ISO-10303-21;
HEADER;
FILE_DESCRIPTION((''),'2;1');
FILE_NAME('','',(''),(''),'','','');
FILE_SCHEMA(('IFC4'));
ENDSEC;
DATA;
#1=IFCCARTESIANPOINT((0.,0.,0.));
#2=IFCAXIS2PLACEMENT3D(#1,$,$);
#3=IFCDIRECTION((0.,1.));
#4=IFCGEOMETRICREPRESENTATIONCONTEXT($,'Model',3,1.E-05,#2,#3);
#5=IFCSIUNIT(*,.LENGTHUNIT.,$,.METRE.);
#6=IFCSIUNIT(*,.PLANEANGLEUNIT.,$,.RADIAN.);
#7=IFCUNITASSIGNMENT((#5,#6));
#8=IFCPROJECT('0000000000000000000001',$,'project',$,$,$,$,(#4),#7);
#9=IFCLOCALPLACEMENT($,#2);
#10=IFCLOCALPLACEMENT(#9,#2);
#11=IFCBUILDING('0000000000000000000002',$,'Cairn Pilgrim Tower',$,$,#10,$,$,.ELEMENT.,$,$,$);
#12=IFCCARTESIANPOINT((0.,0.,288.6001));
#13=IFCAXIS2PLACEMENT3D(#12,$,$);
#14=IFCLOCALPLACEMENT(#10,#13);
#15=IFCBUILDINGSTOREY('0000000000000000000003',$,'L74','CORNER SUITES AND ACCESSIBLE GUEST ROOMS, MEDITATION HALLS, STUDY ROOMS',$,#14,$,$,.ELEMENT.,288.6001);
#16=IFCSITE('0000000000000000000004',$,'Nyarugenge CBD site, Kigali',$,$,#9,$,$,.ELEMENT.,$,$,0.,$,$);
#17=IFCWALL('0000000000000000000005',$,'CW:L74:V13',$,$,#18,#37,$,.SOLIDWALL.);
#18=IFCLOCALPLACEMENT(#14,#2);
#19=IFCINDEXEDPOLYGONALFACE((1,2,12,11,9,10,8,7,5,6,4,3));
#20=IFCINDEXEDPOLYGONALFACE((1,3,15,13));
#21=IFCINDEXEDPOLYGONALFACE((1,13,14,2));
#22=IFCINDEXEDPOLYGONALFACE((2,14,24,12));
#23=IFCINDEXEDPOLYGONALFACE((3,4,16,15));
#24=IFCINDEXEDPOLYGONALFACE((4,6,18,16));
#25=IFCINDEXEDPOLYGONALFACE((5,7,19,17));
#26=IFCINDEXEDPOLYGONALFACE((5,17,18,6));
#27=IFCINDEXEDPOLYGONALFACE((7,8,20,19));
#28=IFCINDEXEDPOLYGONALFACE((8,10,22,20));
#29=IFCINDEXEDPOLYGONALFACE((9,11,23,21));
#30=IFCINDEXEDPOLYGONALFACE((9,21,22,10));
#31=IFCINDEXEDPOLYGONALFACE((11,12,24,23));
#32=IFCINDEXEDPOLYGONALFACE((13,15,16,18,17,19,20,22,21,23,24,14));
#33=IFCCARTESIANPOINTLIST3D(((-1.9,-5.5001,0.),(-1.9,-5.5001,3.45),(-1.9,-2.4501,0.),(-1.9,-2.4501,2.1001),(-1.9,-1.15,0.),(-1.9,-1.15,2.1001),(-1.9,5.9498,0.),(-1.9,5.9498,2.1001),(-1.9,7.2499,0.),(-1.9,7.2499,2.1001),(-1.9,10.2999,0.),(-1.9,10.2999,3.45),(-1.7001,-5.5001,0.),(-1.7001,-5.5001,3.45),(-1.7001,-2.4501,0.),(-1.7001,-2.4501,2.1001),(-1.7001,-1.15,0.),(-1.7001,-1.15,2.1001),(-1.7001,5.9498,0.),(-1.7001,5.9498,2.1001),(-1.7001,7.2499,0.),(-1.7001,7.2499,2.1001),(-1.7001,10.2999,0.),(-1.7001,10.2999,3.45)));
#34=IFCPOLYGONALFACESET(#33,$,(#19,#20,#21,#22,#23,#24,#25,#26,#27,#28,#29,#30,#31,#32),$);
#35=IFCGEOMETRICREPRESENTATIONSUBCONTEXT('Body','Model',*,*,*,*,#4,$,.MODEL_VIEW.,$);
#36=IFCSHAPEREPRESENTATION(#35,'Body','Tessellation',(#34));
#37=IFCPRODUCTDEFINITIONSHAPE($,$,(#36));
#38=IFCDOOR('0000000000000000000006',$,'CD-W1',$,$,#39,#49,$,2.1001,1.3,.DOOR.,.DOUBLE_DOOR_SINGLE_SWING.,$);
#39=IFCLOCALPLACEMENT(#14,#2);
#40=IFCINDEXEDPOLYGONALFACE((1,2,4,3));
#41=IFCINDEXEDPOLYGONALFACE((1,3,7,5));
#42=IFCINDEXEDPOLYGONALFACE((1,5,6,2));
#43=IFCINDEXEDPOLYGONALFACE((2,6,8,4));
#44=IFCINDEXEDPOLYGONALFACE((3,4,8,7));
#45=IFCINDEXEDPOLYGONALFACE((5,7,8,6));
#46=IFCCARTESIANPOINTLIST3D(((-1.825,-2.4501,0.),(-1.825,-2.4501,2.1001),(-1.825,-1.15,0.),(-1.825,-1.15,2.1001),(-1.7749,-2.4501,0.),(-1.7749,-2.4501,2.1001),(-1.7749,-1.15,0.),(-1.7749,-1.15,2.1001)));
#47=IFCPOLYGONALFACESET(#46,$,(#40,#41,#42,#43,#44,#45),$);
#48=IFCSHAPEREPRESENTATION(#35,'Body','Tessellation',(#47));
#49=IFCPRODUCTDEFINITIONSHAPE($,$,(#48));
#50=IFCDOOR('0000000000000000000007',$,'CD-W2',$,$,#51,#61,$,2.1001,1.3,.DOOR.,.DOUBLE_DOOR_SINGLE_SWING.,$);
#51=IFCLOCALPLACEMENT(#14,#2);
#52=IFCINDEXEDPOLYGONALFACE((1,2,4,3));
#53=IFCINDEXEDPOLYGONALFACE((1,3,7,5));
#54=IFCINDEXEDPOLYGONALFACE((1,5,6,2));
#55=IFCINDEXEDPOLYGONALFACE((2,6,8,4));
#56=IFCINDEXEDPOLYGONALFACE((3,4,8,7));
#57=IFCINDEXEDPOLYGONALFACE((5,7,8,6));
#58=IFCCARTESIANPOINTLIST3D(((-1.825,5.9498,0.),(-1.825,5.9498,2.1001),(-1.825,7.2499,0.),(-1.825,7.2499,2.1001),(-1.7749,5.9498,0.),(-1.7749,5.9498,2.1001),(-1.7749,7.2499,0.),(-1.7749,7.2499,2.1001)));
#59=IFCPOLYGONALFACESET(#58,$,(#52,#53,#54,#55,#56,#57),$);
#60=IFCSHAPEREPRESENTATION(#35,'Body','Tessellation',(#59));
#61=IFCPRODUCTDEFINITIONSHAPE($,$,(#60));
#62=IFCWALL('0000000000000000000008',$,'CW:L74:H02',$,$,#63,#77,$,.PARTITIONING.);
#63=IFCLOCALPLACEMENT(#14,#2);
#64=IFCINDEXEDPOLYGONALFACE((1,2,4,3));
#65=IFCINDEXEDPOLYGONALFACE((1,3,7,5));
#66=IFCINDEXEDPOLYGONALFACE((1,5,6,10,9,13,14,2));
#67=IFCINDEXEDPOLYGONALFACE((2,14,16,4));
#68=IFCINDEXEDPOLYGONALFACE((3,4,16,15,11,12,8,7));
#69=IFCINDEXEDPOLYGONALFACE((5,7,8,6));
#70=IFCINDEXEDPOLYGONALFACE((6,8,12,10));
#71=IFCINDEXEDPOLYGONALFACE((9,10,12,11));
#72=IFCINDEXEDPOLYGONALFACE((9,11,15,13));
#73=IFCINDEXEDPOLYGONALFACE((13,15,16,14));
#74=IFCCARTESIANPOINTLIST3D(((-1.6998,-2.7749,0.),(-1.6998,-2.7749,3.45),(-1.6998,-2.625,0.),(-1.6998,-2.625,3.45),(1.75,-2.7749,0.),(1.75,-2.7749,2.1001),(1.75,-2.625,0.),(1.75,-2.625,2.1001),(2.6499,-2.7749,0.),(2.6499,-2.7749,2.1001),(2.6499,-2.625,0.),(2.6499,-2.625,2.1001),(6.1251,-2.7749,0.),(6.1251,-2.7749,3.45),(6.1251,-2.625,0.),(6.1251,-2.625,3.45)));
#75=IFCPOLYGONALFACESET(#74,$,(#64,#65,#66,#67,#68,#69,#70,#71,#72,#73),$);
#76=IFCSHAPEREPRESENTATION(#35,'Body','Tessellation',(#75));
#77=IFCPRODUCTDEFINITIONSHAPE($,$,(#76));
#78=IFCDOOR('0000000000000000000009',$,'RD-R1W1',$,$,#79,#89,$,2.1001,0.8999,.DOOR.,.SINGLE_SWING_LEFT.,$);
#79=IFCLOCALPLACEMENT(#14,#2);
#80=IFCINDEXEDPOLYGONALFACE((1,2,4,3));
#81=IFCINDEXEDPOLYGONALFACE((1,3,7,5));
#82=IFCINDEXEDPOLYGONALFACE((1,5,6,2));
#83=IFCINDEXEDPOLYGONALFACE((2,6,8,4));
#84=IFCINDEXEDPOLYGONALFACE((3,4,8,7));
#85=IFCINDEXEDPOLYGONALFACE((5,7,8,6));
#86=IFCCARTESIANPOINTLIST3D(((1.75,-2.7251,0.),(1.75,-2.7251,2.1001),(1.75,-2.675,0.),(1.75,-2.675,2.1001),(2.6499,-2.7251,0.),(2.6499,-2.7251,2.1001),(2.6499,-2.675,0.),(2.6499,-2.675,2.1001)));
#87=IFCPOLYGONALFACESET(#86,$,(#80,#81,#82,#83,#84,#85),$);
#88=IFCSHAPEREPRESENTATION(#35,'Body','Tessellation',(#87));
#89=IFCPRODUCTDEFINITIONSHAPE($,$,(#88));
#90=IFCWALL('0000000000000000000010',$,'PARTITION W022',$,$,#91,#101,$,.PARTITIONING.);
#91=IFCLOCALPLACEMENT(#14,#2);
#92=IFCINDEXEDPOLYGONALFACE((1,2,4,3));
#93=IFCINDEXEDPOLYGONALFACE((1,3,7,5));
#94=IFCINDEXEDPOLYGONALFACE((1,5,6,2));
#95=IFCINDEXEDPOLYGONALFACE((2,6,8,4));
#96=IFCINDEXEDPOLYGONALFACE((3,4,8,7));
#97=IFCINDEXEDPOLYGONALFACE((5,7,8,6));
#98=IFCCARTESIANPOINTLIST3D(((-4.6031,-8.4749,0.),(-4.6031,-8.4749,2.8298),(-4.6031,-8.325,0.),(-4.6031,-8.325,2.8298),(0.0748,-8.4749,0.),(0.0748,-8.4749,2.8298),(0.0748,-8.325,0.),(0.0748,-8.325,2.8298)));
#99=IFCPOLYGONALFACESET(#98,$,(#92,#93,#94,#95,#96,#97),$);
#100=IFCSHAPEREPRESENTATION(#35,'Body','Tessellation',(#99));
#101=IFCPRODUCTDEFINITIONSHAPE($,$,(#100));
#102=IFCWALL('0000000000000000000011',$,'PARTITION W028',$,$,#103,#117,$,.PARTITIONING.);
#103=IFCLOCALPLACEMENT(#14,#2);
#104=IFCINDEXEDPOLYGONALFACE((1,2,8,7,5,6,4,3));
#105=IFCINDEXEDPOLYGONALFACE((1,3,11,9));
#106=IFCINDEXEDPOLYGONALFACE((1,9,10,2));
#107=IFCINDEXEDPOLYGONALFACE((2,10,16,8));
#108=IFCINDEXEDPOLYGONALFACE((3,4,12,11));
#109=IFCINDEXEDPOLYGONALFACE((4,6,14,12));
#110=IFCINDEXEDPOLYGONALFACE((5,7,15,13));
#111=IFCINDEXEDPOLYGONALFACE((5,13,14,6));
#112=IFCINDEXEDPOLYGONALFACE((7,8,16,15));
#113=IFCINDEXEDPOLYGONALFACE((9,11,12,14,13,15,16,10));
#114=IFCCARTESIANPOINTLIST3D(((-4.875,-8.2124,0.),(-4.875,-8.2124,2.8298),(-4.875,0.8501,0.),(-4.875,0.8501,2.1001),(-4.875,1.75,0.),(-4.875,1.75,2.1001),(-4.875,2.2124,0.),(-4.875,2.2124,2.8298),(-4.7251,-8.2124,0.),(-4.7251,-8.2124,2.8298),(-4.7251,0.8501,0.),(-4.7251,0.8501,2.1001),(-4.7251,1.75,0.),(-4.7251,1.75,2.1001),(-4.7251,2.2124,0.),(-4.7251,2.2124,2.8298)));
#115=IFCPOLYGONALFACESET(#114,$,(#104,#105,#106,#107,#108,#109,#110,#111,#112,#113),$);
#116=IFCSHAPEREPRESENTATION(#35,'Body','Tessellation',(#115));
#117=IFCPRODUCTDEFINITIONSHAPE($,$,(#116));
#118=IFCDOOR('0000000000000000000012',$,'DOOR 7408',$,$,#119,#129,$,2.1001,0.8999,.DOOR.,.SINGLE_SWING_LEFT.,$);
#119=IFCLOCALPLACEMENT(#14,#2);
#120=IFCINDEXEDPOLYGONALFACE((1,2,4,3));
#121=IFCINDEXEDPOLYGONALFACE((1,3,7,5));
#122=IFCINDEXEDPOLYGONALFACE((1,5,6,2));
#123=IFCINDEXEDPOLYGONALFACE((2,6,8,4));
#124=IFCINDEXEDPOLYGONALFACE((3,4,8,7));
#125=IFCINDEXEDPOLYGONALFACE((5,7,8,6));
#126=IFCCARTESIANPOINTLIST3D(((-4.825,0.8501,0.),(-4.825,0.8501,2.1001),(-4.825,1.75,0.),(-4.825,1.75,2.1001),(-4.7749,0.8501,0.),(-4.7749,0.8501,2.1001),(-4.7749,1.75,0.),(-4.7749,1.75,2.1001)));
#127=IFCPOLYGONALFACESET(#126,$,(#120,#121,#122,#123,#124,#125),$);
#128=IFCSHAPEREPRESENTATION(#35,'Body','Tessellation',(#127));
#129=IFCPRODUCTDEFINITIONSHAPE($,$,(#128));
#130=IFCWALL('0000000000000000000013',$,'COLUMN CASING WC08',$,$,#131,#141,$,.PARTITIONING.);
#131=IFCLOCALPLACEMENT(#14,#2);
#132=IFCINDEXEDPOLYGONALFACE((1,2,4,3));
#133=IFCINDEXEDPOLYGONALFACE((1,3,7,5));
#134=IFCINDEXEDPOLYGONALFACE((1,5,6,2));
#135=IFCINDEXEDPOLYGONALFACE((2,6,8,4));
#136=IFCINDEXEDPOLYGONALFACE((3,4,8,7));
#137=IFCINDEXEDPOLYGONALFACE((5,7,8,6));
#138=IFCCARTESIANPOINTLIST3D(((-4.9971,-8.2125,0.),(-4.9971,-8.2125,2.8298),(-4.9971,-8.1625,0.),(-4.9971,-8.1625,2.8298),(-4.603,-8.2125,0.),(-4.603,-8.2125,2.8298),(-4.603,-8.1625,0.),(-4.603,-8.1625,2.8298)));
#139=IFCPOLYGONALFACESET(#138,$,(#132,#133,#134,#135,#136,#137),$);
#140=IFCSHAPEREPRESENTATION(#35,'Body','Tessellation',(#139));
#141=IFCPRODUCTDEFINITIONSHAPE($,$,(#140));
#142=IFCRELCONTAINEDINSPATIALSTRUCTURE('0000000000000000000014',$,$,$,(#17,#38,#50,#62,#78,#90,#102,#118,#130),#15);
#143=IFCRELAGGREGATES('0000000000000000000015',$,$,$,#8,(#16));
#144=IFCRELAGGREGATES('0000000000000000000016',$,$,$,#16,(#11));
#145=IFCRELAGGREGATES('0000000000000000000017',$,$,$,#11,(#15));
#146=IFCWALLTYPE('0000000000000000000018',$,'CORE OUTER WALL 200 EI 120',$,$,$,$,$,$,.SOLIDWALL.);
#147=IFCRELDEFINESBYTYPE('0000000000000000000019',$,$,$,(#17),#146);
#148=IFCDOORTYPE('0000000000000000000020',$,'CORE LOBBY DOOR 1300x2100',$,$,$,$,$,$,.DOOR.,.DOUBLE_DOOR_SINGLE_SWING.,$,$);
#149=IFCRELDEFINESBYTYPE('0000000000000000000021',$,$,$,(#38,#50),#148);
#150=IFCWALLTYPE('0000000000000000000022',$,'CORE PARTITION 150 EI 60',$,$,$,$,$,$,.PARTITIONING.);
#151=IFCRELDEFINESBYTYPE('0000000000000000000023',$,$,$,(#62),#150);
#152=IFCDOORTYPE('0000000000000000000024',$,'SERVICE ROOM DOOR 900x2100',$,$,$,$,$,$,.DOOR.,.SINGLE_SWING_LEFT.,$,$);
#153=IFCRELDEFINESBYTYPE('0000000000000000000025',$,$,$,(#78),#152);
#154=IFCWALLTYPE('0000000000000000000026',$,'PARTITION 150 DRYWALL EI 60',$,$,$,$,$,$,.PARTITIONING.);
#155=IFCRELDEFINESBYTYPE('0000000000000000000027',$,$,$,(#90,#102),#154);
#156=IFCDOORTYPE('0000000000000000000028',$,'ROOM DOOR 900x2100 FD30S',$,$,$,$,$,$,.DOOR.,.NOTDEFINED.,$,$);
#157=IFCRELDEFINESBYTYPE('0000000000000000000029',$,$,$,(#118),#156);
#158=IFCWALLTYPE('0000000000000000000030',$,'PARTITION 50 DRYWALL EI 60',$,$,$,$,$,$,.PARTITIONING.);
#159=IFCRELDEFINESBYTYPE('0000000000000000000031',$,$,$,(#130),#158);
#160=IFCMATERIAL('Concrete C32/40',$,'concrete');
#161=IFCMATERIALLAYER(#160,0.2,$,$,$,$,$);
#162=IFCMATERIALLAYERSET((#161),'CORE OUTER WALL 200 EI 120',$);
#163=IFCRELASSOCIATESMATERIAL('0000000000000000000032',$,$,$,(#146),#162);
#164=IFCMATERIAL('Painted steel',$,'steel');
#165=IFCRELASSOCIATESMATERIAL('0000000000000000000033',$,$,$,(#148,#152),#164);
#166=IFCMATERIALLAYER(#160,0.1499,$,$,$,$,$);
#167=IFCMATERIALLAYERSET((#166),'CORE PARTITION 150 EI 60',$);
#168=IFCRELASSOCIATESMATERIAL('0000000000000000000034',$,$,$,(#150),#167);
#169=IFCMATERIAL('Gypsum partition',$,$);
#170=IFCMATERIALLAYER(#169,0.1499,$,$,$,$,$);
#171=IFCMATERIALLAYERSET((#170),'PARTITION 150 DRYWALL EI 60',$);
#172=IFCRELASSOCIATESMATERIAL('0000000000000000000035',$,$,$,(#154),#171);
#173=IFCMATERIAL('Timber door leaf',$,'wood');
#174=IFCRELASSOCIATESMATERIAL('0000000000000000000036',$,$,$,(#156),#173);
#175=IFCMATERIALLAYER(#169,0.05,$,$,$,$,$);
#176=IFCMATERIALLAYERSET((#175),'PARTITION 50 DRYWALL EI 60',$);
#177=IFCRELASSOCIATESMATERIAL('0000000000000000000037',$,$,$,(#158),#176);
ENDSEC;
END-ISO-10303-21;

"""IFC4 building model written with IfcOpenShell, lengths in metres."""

from ifc_helpers import new_model, si_unit, direction, frame, frame_2d, origin, place, context, subcontext, project, spatial, rectangle, extrude, material, layer, layer_set, type_object, element, fill, save


model = new_model("IFC4")

# Units and contexts
model_context = context("Model", 3, precision=1e-05, world=origin(), true_north=direction((0.0, 1.0)))
body_context = subcontext(model_context, "Body", "Model", "MODEL_VIEW")
ifc_project = project(units=[si_unit("LENGTHUNIT", "METRE"), si_unit("PLANEANGLEUNIT", "RADIAN")], contexts=[model_context])

# Site, building, storey
site_placement = place(None, origin())
site = spatial("IfcSite", under=ifc_project, at=site_placement, Name="Nyarugenge CBD site, Kigali", CompositionType="ELEMENT", RefElevation=0.0)
building_placement = place(site_placement, origin())
building = spatial("IfcBuilding", under=site, at=building_placement, Name="Cairn Pilgrim Tower", CompositionType="ELEMENT")
storey_placement = place(building_placement, frame((0.0, 0.0, 288.6001)))
storey = spatial("IfcBuildingStorey", under=building, at=storey_placement, Name="L74", Description="CORNER SUITES AND ACCESSIBLE GUEST ROOMS, MEDITATION HALLS, STUDY ROOMS", CompositionType="ELEMENT", Elevation=288.6001)

# Shared definitions
ifc_material_1 = material(Name="Concrete C32/40", Category="concrete")
ifc_layer_1 = layer(ifc_material_1, 0.2)
ifc_layer_set_1 = layer_set([ifc_layer_1], Name="CORE OUTER WALL 200 EI 120")
wall_type_1 = type_object("IfcWallType", Name="CORE OUTER WALL 200 EI 120", PredefinedType="SOLIDWALL", material=ifc_layer_set_1)

# Wall, openings, doors
wall_1_placement = place(storey_placement, frame((-1.8, -5.5, 0.0), z_axis=(0.0, 0.0, 1.0), x_axis=(0.0, 1.0, 0.0)))
wall_1 = element("IfcWall", 1, at=wall_1_placement, inside=storey, type_object=wall_type_1, Name="CW:L74:V13", PredefinedType="SOLIDWALL", context=body_context, shape_type="SweptSolid", body=[
    extrude(rectangle(XDim=15.8, YDim=0.2, at=frame_2d((7.8999, 0.0))), origin(), (0.0, 0.0, 1.0), 3.45),
])
opening_1_placement = place(wall_1_placement, frame((3.05, 0.0, 0.0)))
opening_1 = element("IfcOpeningElement", 2, at=opening_1_placement, cuts=wall_1, PredefinedType="OPENING", context=body_context, shape_type="SweptSolid", body=[
    extrude(rectangle(XDim=1.3, YDim=2.1001, at=frame_2d((0.6499, 1.05))), frame((0.0, 0.1099, 0.0), z_axis=(0.0, -1.0, 0.0), x_axis=(1.0, 0.0, 0.0)), (0.0, 0.0, 1.0), 0.22),
])
opening_2_placement = place(wall_1_placement, frame((11.45, 0.0, 0.0)))
opening_2 = element("IfcOpeningElement", 3, at=opening_2_placement, cuts=wall_1, PredefinedType="OPENING", context=body_context, shape_type="SweptSolid", body=[
    extrude(rectangle(XDim=1.3, YDim=2.1001, at=frame_2d((0.6499, 1.05))), frame((0.0, 0.1099, 0.0), z_axis=(0.0, -1.0, 0.0), x_axis=(1.0, 0.0, 0.0)), (0.0, 0.0, 1.0), 0.22),
])
ifc_material_2 = material(Name="Painted steel", Category="steel")
door_type_1 = type_object("IfcDoorType", Name="CORE LOBBY DOOR 1300x2100", OperationType="DOUBLE_DOOR_SINGLE_SWING", PredefinedType="DOOR", material=ifc_material_2)
door_1_placement = place(opening_1_placement, origin())
door_1 = element("IfcDoor", 4, at=door_1_placement, inside=storey, type_object=door_type_1, Name="CD-W1", OperationType="DOUBLE_DOOR_SINGLE_SWING", OverallHeight=2.1001, OverallWidth=1.3, PredefinedType="DOOR", context=body_context, shape_type="SweptSolid", body=[
    extrude(rectangle(XDim=1.3, YDim=2.1001, at=frame_2d((0.6499, 1.05))), frame((0.0, 0.0249, 0.0), z_axis=(0.0, -1.0, 0.0), x_axis=(1.0, 0.0, 0.0)), (0.0, 0.0, 1.0), 0.05),
])
fill(opening_1, door_1)
door_2_placement = place(opening_2_placement, origin())
door_2 = element("IfcDoor", 5, at=door_2_placement, inside=storey, type_object=door_type_1, Name="CD-W2", OperationType="DOUBLE_DOOR_SINGLE_SWING", OverallHeight=2.1001, OverallWidth=1.3, PredefinedType="DOOR", context=body_context, shape_type="SweptSolid", body=[
    extrude(rectangle(XDim=1.3, YDim=2.1001, at=frame_2d((0.6499, 1.05))), frame((0.0, 0.0249, 0.0), z_axis=(0.0, -1.0, 0.0), x_axis=(1.0, 0.0, 0.0)), (0.0, 0.0, 1.0), 0.05),
])
fill(opening_2, door_2)

# Wall, opening, door
ifc_layer_2 = layer(ifc_material_1, 0.1499)
ifc_layer_set_2 = layer_set([ifc_layer_2], Name="CORE PARTITION 150 EI 60")
wall_type_2 = type_object("IfcWallType", Name="CORE PARTITION 150 EI 60", PredefinedType="PARTITIONING", material=ifc_layer_set_2)
wall_2_placement = place(storey_placement, frame((-1.7, -2.7, 0.0), z_axis=(0.0, 0.0, 1.0), x_axis=(1.0, 0.0, 0.0)))
wall_2 = element("IfcWall", 6, at=wall_2_placement, inside=storey, type_object=wall_type_2, Name="CW:L74:H02", PredefinedType="PARTITIONING", context=body_context, shape_type="SweptSolid", body=[
    extrude(rectangle(XDim=7.825, YDim=0.1499, at=frame_2d((3.9126, 0.0))), origin(), (0.0, 0.0, 1.0), 3.45),
])
opening_3_placement = place(wall_2_placement, frame((3.45, 0.0, 0.0)))
opening_3 = element("IfcOpeningElement", 7, at=opening_3_placement, cuts=wall_2, PredefinedType="OPENING", context=body_context, shape_type="SweptSolid", body=[
    extrude(rectangle(XDim=0.8999, YDim=2.1001, at=frame_2d((0.45, 1.05))), frame((0.0, 0.085, 0.0), z_axis=(0.0, -1.0, 0.0), x_axis=(1.0, 0.0, 0.0)), (0.0, 0.0, 1.0), 0.1699),
])
door_type_2 = type_object("IfcDoorType", Name="SERVICE ROOM DOOR 900x2100", OperationType="SINGLE_SWING_LEFT", PredefinedType="DOOR", material=ifc_material_2)
door_3_placement = place(opening_3_placement, origin())
door_3 = element("IfcDoor", 8, at=door_3_placement, inside=storey, type_object=door_type_2, Name="RD-R1W1", OperationType="SINGLE_SWING_LEFT", OverallHeight=2.1001, OverallWidth=0.8999, PredefinedType="DOOR", context=body_context, shape_type="SweptSolid", body=[
    extrude(rectangle(XDim=0.8999, YDim=2.1001, at=frame_2d((0.45, 1.05))), frame((0.0, 0.0249, 0.0), z_axis=(0.0, -1.0, 0.0), x_axis=(1.0, 0.0, 0.0)), (0.0, 0.0, 1.0), 0.05),
])
fill(opening_3, door_3)

# Wall
ifc_material_3 = material(Name="Gypsum partition")
ifc_layer_3 = layer(ifc_material_3, 0.1499)
ifc_layer_set_3 = layer_set([ifc_layer_3], Name="PARTITION 150 DRYWALL EI 60")
wall_type_3 = type_object("IfcWallType", Name="PARTITION 150 DRYWALL EI 60", PredefinedType="PARTITIONING", material=ifc_layer_set_3)
wall_3_placement = place(storey_placement, frame((-4.603, -8.3999, 0.0), z_axis=(0.0, 0.0, 1.0), x_axis=(1.0, 0.0, 0.0)))
element("IfcWall", 9, at=wall_3_placement, inside=storey, type_object=wall_type_3, Name="PARTITION W022", PredefinedType="PARTITIONING", context=body_context, shape_type="SweptSolid", body=[
    extrude(rectangle(XDim=4.678, YDim=0.1499, at=frame_2d((2.3389, 0.0))), origin(), (0.0, 0.0, 1.0), 2.8298),
])

# Wall, opening, door
wall_4_placement = place(storey_placement, frame((-4.8, -8.2124, 0.0), z_axis=(0.0, 0.0, 1.0), x_axis=(0.0, 1.0, 0.0)))
wall_4 = element("IfcWall", 10, at=wall_4_placement, inside=storey, type_object=wall_type_3, Name="PARTITION W028", PredefinedType="PARTITIONING", context=body_context, shape_type="SweptSolid", body=[
    extrude(rectangle(XDim=10.4248, YDim=0.1499, at=frame_2d((5.2124, 0.0))), origin(), (0.0, 0.0, 1.0), 2.8298),
])
opening_4_placement = place(wall_4_placement, frame((9.0625, 0.0, 0.0)))
opening_4 = element("IfcOpeningElement", 11, at=opening_4_placement, cuts=wall_4, PredefinedType="OPENING", context=body_context, shape_type="SweptSolid", body=[
    extrude(rectangle(XDim=0.8999, YDim=2.1001, at=frame_2d((0.45, 1.05))), frame((0.0, 0.085, 0.0), z_axis=(0.0, -1.0, 0.0), x_axis=(1.0, 0.0, 0.0)), (0.0, 0.0, 1.0), 0.1699),
])
ifc_material_4 = material(Name="Timber door leaf", Category="wood")
door_type_3 = type_object("IfcDoorType", Name="ROOM DOOR 900x2100 FD30S", OperationType="NOTDEFINED", PredefinedType="DOOR", material=ifc_material_4)
door_4_placement = place(opening_4_placement, origin())
door_4 = element("IfcDoor", 12, at=door_4_placement, inside=storey, type_object=door_type_3, Name="DOOR 7408", OperationType="SINGLE_SWING_LEFT", OverallHeight=2.1001, OverallWidth=0.8999, PredefinedType="DOOR", context=body_context, shape_type="SweptSolid", body=[
    extrude(rectangle(XDim=0.8999, YDim=2.1001, at=frame_2d((0.45, 1.05))), frame((0.0, 0.0249, 0.0), z_axis=(0.0, -1.0, 0.0), x_axis=(1.0, 0.0, 0.0)), (0.0, 0.0, 1.0), 0.05),
])
fill(opening_4, door_4)

# Wall
ifc_layer_4 = layer(ifc_material_3, 0.05)
ifc_layer_set_4 = layer_set([ifc_layer_4], Name="PARTITION 50 DRYWALL EI 60")
wall_type_4 = type_object("IfcWallType", Name="PARTITION 50 DRYWALL EI 60", PredefinedType="PARTITIONING", material=ifc_layer_set_4)
wall_5_placement = place(storey_placement, frame((-4.9971, -8.1875, 0.0), z_axis=(0.0, 0.0, 1.0), x_axis=(1.0, 0.0, 0.0)))
element("IfcWall", 13, at=wall_5_placement, inside=storey, type_object=wall_type_4, Name="COLUMN CASING WC08", PredefinedType="PARTITIONING", context=body_context, shape_type="SweptSolid", body=[
    extrude(rectangle(XDim=0.394, YDim=0.05, at=frame_2d((0.197, 0.0))), origin(), (0.0, 0.0, 1.0), 2.8298),
])

save(model, "model.ifc")
